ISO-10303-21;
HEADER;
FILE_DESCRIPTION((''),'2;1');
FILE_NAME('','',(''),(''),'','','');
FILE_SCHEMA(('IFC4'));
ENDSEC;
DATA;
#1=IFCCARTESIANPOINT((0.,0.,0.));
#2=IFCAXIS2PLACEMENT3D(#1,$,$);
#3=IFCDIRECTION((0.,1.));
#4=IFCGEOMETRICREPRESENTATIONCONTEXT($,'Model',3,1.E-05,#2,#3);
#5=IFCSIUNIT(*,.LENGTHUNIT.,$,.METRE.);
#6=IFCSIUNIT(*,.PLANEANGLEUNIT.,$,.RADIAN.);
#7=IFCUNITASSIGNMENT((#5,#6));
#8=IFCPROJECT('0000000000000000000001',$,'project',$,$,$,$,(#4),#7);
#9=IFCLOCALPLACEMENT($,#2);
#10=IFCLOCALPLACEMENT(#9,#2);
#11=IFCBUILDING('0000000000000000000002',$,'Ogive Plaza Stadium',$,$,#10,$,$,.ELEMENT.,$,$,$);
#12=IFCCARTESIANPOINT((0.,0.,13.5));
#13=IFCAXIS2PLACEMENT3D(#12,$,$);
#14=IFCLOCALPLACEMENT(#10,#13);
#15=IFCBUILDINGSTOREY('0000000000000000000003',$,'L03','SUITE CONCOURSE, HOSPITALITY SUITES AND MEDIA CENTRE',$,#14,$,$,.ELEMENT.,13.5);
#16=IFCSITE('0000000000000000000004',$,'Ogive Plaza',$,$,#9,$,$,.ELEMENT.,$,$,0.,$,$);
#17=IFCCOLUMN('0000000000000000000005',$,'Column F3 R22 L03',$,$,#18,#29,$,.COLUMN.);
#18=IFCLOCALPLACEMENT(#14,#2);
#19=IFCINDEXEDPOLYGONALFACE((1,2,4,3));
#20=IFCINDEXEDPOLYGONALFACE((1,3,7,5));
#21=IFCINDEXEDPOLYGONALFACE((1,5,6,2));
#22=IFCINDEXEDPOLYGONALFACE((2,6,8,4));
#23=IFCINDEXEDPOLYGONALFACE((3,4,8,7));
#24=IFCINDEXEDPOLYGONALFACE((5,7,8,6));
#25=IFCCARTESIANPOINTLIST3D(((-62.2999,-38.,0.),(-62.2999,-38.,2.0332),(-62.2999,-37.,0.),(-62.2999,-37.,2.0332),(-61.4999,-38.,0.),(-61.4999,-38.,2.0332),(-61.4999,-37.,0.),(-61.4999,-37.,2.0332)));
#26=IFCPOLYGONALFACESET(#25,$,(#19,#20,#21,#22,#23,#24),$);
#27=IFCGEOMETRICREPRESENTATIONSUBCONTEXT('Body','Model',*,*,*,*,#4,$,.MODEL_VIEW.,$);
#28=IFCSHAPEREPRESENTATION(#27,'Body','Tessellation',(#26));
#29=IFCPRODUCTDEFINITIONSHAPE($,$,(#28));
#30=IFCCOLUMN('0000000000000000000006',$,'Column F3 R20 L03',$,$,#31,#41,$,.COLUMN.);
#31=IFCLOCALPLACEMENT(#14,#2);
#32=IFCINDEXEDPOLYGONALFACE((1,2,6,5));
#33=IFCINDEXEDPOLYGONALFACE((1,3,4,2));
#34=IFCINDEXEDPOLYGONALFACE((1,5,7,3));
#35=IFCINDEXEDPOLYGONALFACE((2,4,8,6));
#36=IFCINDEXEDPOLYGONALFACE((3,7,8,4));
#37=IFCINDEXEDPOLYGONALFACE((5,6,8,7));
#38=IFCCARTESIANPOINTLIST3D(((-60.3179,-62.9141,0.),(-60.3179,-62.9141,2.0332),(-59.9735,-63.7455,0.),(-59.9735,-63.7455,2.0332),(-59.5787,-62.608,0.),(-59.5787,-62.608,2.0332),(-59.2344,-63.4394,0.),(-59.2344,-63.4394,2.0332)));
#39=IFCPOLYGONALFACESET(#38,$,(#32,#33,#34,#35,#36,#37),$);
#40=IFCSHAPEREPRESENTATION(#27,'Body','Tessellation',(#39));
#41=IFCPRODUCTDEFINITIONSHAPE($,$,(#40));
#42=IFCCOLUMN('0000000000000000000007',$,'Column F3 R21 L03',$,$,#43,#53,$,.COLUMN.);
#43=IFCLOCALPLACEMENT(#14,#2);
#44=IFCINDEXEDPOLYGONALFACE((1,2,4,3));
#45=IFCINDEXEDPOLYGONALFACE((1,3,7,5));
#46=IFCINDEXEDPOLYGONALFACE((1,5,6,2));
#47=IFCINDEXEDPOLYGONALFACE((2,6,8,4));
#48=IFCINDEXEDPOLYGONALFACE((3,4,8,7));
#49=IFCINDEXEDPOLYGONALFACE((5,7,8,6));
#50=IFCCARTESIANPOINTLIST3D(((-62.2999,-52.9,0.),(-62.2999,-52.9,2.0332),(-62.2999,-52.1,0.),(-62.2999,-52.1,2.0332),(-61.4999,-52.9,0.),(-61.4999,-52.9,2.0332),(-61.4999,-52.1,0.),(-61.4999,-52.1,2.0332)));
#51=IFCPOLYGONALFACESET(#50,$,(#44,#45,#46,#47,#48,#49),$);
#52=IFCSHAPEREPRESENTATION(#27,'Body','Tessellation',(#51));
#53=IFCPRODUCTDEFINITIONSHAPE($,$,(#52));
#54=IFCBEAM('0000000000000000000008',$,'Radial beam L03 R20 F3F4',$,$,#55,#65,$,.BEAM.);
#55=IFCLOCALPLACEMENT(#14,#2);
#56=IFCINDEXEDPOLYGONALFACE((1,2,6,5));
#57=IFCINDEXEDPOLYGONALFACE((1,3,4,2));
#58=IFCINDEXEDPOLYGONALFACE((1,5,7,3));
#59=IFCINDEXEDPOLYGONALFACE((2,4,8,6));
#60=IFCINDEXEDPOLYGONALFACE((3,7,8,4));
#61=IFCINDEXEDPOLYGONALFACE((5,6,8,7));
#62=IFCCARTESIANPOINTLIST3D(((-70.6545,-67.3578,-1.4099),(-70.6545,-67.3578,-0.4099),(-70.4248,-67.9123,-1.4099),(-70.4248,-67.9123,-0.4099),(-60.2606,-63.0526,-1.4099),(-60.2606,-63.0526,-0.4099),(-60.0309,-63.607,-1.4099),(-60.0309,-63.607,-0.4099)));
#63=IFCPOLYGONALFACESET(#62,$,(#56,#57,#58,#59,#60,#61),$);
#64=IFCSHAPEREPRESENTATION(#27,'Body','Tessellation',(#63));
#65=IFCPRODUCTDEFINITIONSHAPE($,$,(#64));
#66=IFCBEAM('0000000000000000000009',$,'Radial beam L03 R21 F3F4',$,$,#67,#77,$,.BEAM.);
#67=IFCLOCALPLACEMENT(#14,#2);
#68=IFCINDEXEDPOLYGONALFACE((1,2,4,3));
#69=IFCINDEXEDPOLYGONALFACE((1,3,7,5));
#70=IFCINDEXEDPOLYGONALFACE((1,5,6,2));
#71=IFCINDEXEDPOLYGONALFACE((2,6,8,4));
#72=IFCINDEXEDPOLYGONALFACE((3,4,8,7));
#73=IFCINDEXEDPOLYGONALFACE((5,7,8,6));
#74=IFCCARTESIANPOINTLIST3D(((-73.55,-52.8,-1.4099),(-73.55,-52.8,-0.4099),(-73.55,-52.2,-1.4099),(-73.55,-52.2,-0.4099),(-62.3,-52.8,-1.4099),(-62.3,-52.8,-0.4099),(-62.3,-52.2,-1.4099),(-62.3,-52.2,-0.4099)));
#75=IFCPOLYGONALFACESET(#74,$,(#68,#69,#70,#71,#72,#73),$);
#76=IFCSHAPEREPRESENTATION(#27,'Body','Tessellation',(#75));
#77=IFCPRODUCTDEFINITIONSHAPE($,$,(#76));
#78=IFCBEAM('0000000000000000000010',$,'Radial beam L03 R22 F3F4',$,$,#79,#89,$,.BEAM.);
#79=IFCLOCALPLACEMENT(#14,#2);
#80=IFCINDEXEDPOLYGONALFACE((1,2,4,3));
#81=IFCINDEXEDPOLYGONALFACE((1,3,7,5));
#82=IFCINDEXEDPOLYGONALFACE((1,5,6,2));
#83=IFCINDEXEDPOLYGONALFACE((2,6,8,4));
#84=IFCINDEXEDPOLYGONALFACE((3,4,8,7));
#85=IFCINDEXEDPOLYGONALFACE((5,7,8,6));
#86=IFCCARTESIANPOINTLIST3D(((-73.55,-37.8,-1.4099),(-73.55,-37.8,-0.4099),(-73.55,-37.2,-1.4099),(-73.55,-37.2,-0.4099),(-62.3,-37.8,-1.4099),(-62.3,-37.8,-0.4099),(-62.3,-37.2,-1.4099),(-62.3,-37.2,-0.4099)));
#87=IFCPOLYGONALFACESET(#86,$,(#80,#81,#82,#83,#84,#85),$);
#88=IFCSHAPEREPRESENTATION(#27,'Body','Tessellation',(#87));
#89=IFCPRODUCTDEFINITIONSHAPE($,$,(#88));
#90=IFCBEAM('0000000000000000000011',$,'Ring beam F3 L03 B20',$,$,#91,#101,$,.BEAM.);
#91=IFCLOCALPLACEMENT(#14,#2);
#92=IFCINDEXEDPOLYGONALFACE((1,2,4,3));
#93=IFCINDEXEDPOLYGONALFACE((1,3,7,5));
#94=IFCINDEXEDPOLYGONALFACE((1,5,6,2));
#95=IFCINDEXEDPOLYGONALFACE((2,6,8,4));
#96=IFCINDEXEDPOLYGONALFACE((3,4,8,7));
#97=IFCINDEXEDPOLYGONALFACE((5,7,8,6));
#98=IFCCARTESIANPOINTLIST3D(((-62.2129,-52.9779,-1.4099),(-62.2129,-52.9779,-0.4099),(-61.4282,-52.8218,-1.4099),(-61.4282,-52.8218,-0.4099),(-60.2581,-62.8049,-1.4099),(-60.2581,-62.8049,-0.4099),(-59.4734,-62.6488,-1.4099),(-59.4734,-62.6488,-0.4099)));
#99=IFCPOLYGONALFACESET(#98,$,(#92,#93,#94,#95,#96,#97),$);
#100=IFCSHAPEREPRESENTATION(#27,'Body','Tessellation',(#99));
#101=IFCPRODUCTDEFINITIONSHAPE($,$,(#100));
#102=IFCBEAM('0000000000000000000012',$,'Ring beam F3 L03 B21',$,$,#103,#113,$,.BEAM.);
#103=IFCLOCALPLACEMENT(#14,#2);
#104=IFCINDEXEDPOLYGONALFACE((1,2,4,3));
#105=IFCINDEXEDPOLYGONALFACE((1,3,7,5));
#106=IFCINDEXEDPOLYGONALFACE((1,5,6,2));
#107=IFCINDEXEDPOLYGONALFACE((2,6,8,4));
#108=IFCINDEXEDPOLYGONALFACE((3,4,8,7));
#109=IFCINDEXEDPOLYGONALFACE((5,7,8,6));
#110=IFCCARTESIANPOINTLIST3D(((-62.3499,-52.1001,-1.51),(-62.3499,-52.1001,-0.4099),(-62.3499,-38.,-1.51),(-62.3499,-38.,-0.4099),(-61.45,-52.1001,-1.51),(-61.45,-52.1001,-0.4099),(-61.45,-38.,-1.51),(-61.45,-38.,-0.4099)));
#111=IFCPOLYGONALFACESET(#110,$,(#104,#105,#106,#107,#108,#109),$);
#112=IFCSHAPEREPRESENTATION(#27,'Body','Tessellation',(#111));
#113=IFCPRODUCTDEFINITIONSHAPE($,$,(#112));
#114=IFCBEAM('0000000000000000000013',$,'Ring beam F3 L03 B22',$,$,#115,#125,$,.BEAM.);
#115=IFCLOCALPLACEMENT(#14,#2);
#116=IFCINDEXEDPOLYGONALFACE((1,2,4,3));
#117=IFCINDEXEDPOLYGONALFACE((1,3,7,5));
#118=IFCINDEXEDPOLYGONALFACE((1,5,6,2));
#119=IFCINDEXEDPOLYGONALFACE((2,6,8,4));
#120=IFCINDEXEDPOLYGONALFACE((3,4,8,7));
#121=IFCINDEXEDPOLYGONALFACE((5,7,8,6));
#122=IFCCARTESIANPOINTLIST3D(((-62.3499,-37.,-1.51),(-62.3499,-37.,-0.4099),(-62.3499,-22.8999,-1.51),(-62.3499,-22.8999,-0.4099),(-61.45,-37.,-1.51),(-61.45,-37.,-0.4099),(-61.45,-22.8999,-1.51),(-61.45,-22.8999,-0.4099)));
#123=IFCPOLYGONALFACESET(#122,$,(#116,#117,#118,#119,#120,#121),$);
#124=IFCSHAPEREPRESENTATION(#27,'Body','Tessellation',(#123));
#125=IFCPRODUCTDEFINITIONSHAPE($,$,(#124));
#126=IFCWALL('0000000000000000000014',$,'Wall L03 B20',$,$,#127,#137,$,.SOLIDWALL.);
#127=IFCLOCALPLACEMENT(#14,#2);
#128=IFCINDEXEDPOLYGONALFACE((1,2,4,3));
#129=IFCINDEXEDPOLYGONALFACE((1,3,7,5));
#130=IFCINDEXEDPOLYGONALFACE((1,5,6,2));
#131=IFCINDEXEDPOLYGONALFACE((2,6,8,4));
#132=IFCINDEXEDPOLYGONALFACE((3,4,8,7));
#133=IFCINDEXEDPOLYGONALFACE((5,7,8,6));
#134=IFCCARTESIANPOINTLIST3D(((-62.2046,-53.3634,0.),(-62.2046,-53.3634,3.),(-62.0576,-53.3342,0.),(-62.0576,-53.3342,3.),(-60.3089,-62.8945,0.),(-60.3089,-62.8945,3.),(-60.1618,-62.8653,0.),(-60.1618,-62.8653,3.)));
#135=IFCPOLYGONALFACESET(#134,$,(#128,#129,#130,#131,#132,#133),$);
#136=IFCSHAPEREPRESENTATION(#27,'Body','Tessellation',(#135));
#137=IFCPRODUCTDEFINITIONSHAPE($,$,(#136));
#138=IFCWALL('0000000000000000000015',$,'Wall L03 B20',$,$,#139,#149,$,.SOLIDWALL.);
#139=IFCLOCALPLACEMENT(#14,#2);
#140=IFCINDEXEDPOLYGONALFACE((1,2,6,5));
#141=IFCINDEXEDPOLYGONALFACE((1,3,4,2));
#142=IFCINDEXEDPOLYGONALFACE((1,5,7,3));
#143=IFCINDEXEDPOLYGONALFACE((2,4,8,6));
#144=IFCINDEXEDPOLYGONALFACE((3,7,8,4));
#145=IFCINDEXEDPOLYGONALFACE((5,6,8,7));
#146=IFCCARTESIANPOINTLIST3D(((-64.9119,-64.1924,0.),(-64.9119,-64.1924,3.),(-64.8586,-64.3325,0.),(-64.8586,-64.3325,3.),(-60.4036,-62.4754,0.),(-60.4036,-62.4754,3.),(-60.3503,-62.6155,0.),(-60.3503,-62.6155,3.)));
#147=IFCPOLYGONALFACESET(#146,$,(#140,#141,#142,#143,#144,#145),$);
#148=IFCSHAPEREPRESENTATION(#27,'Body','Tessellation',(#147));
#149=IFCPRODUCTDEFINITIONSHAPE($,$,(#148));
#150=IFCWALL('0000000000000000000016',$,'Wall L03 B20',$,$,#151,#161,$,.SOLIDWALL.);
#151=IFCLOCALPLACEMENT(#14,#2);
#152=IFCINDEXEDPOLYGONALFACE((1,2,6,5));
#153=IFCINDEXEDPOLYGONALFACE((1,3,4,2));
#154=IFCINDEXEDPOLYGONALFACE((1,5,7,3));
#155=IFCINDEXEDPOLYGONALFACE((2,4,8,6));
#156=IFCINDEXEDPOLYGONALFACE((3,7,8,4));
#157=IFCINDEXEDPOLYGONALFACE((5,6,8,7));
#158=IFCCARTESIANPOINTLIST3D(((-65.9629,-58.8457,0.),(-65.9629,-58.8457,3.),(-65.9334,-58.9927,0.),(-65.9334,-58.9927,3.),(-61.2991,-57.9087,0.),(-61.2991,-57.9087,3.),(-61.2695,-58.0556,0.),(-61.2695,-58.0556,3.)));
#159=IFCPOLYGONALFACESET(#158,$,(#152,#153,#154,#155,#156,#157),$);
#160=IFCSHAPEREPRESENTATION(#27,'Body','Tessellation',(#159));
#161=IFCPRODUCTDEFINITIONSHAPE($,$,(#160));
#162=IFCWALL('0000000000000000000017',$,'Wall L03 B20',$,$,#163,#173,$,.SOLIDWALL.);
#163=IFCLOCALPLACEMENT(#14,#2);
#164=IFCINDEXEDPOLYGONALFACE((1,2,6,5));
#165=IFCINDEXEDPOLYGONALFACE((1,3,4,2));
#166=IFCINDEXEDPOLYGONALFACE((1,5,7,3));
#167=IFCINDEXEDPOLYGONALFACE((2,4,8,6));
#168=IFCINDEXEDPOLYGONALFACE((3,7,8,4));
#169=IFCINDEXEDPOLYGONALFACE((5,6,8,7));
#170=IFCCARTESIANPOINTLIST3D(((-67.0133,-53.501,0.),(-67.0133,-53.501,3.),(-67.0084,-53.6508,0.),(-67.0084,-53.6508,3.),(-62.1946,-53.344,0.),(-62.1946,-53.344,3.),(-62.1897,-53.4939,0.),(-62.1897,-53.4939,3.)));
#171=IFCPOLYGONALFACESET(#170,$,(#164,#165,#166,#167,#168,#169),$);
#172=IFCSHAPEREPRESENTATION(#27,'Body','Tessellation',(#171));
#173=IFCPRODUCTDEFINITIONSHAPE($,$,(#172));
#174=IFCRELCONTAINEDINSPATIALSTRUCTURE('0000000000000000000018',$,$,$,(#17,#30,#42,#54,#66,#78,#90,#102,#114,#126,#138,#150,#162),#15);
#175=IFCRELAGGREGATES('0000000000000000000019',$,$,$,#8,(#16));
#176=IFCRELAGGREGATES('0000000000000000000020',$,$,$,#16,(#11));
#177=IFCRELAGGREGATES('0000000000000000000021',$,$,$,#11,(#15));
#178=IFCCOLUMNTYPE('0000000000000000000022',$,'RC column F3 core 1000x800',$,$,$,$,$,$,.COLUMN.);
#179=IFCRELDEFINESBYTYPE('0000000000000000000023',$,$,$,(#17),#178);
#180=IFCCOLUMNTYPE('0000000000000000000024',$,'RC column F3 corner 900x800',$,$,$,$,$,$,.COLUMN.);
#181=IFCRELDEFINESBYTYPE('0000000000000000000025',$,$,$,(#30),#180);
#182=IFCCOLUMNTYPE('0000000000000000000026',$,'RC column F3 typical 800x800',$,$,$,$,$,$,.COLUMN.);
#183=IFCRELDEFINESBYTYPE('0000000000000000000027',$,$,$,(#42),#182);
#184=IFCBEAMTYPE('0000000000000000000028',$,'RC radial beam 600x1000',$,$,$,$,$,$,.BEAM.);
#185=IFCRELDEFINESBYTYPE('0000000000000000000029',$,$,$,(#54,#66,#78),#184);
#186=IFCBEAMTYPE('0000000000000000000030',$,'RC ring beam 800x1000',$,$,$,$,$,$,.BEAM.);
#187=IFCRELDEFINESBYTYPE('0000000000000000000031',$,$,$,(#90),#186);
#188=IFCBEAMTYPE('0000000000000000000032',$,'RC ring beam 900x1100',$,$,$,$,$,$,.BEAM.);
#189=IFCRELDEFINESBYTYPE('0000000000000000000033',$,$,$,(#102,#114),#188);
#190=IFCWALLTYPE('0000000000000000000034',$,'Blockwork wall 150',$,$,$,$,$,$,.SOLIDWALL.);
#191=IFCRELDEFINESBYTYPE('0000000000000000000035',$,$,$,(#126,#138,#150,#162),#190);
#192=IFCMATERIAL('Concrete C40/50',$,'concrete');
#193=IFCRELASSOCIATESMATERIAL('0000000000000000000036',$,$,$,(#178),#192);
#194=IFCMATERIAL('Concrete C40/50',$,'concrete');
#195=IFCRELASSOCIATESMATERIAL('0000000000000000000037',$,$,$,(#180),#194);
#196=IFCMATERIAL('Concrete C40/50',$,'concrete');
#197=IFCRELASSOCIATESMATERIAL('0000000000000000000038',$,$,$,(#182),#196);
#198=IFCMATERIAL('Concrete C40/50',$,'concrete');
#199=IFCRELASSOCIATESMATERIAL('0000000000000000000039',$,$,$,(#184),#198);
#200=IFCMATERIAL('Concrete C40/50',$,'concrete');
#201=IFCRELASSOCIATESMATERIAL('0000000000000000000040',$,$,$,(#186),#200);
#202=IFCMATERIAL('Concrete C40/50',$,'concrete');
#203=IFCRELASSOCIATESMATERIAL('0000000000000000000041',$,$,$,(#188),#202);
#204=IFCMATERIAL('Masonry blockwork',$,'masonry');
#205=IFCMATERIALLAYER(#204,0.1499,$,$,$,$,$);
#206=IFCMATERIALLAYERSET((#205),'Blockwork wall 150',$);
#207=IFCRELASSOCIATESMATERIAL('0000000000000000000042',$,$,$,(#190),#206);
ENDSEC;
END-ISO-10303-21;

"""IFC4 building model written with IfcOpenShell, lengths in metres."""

from ifc_helpers import new_model, si_unit, direction, frame, frame_2d, origin, origin_2d, place, context, subcontext, project, spatial, rectangle, extrude, material, layer, layer_set, material_profile, profile_set, type_object, element, save


model = new_model("IFC4")

# Units and contexts
model_context = context("Model", 3, precision=1e-05, world=origin(), true_north=direction((0.0, 1.0)))
body_context = subcontext(model_context, "Body", "Model", "MODEL_VIEW")
ifc_project = project(units=[si_unit("LENGTHUNIT", "METRE"), si_unit("PLANEANGLEUNIT", "RADIAN")], contexts=[model_context])

# Site, building, storey
site_placement = place(None, origin())
site = spatial("IfcSite", under=ifc_project, at=site_placement, Name="Ogive Plaza", CompositionType="ELEMENT", RefElevation=0.0)
building_placement = place(site_placement, origin())
building = spatial("IfcBuilding", under=site, at=building_placement, Name="Ogive Plaza Stadium", CompositionType="ELEMENT")
storey_placement = place(building_placement, frame((0.0, 0.0, 13.5)))
storey = spatial("IfcBuildingStorey", under=building, at=storey_placement, Name="L03", Description="SUITE CONCOURSE, HOSPITALITY SUITES AND MEDIA CENTRE", CompositionType="ELEMENT", Elevation=13.5)

# Columns
ifc_material_1 = material(Name="Concrete C40/50", Category="concrete")
ifc_material_profile_1 = material_profile(ifc_material_1, rectangle(XDim=1.0, YDim=0.8, at=origin_2d()), Name="RC 1000x800")
ifc_profile_set_1 = profile_set([ifc_material_profile_1], Name="Concrete C40/50")
column_type_1 = type_object("IfcColumnType", Name="RC column F3 core 1000x800", PredefinedType="COLUMN", material=ifc_profile_set_1)
column_1_placement = place(storey_placement, frame((-61.8999, -37.5, 0.0), z_axis=(0.0, 0.0, 1.0), x_axis=(0.0, -1.0, 0.0)))
element("IfcColumn", 1, at=column_1_placement, inside=storey, type_object=column_type_1, Name="Column F3 R22 L03", PredefinedType="COLUMN", context=body_context, shape_type="SweptSolid", body=[
    extrude(rectangle(XDim=1.0, YDim=0.8, at=origin_2d()), origin(), (0.0, 0.0, 1.0), 2.0332),
])
ifc_material_2 = material(Name="Concrete C40/50", Category="concrete")
ifc_material_profile_2 = material_profile(ifc_material_2, rectangle(XDim=0.8999, YDim=0.8, at=origin_2d()), Name="RC 900x800")
ifc_profile_set_2 = profile_set([ifc_material_profile_2], Name="Concrete C40/50")
column_type_2 = type_object("IfcColumnType", Name="RC column F3 corner 900x800", PredefinedType="COLUMN", material=ifc_profile_set_2)
column_2_placement = place(storey_placement, frame((-59.7761, -63.1768, 0.0), z_axis=(0.0, 0.0, 1.0), x_axis=(0.382683, -0.92388, 0.0)))
element("IfcColumn", 2, at=column_2_placement, inside=storey, type_object=column_type_2, Name="Column F3 R20 L03", PredefinedType="COLUMN", context=body_context, shape_type="SweptSolid", body=[
    extrude(rectangle(XDim=0.8999, YDim=0.8, at=origin_2d()), origin(), (0.0, 0.0, 1.0), 2.0332),
])
ifc_material_3 = material(Name="Concrete C40/50", Category="concrete")
ifc_material_profile_3 = material_profile(ifc_material_3, rectangle(XDim=0.8, YDim=0.8, at=origin_2d()), Name="RC 800x800")
ifc_profile_set_3 = profile_set([ifc_material_profile_3], Name="Concrete C40/50")
column_type_3 = type_object("IfcColumnType", Name="RC column F3 typical 800x800", PredefinedType="COLUMN", material=ifc_profile_set_3)
column_3_placement = place(storey_placement, frame((-61.8999, -52.5, 0.0), z_axis=(0.0, 0.0, 1.0), x_axis=(0.0, -1.0, 0.0)))
element("IfcColumn", 3, at=column_3_placement, inside=storey, type_object=column_type_3, Name="Column F3 R21 L03", PredefinedType="COLUMN", context=body_context, shape_type="SweptSolid", body=[
    extrude(rectangle(XDim=0.8, YDim=0.8, at=origin_2d()), origin(), (0.0, 0.0, 1.0), 2.0332),
])

# Beams
ifc_material_4 = material(Name="Concrete C40/50", Category="concrete")
ifc_material_profile_4 = material_profile(ifc_material_4, rectangle(XDim=0.6001, YDim=1.0, at=origin_2d()), Name="RC 600x1000")
ifc_profile_set_4 = profile_set([ifc_material_profile_4], Name="Concrete C40/50")
beam_type_1 = type_object("IfcBeamType", Name="RC radial beam 600x1000", PredefinedType="BEAM", material=ifc_profile_set_4)
beam_1_placement = place(storey_placement, frame((-60.1458, -63.3298, -0.9099), z_axis=(-0.923882, -0.382678, 0.0), x_axis=(0.382678, -0.923882, 0.0)))
element("IfcBeam", 4, at=beam_1_placement, inside=storey, type_object=beam_type_1, Name="Radial beam L03 R20 F3F4", PredefinedType="BEAM", context=body_context, shape_type="SweptSolid", body=[
    extrude(rectangle(XDim=0.6001, YDim=1.0, at=origin_2d()), origin(), (0.0, 0.0, 1.0), 11.2502),
])
for number, where, z_axis, x_axis, name in (
    (5, (-62.3, -52.5, -0.9099), (-1.0, 0.0, 0.0), (0.0, -1.0, 0.0), "Radial beam L03 R21 F3F4"),
    (6, (-62.3, -37.5, -0.9099), (-1.0, 0.0, 0.0), (0.0, -1.0, 0.0), "Radial beam L03 R22 F3F4"),
):
    element("IfcBeam", number, at=place(storey_placement, frame(where, z_axis=z_axis, x_axis=x_axis)), inside=storey, type_object=beam_type_1, Name=name, PredefinedType="BEAM", context=body_context, shape_type="SweptSolid", body=[
        extrude(rectangle(XDim=0.6001, YDim=1.0, at=origin_2d()), origin(), (0.0, 0.0, 1.0), 11.25),
    ])
ifc_material_5 = material(Name="Concrete C40/50", Category="concrete")
ifc_material_profile_5 = material_profile(ifc_material_5, rectangle(XDim=0.8, YDim=1.0, at=origin_2d()), Name="RC 800x1000")
ifc_profile_set_5 = profile_set([ifc_material_profile_5], Name="Concrete C40/50")
beam_type_2 = type_object("IfcBeamType", Name="RC ring beam 800x1000", PredefinedType="BEAM", material=ifc_profile_set_5)
beam_2_placement = place(storey_placement, frame((-59.8657, -62.7268, -0.9099), z_axis=(-0.195104, 0.980783, 0.0), x_axis=(-0.980783, -0.195104, 0.0)))
element("IfcBeam", 7, at=beam_2_placement, inside=storey, type_object=beam_type_2, Name="Ring beam F3 L03 B20", PredefinedType="BEAM", context=body_context, shape_type="SweptSolid", body=[
    extrude(rectangle(XDim=0.8, YDim=1.0, at=origin_2d()), origin(), (0.0, 0.0, 1.0), 10.0195),
])
ifc_material_6 = material(Name="Concrete C40/50", Category="concrete")
ifc_material_profile_6 = material_profile(ifc_material_6, rectangle(XDim=0.8999, YDim=1.1001, at=origin_2d()), Name="RC 900x1100")
ifc_profile_set_6 = profile_set([ifc_material_profile_6], Name="Concrete C40/50")
beam_type_3 = type_object("IfcBeamType", Name="RC ring beam 900x1100", PredefinedType="BEAM", material=ifc_profile_set_6)
for number, where, z_axis, x_axis, name in (
    (8, (-61.8999, -52.1001, -0.96), (0.0, 1.0, 0.0), (-1.0, 0.0, 0.0), "Ring beam F3 L03 B21"),
    (9, (-61.8999, -37.0, -0.96), (0.0, 1.0, 0.0), (-1.0, 0.0, 0.0), "Ring beam F3 L03 B22"),
):
    element("IfcBeam", number, at=place(storey_placement, frame(where, z_axis=z_axis, x_axis=x_axis)), inside=storey, type_object=beam_type_3, Name=name, PredefinedType="BEAM", context=body_context, shape_type="SweptSolid", body=[
        extrude(rectangle(XDim=0.8999, YDim=1.1001, at=origin_2d()), origin(), (0.0, 0.0, 1.0), 14.1001),
    ])

# Walls
ifc_material_7 = material(Name="Masonry blockwork", Category="masonry")
ifc_layer_1 = layer(ifc_material_7, 0.1499)
ifc_layer_set_1 = layer_set([ifc_layer_1], Name="Blockwork wall 150")
wall_type_1 = type_object("IfcWallType", Name="Blockwork wall 150", PredefinedType="SOLIDWALL", material=ifc_layer_set_1)
wall_1_placement = place(storey_placement, frame((-60.2354, -62.8799, 0.0), z_axis=(0.0, 0.0, 1.0), x_axis=(-0.195082, 0.980787, 0.0)))
element("IfcWall", 10, at=wall_1_placement, inside=storey, type_object=wall_type_1, Name="Wall L03 B20", PredefinedType="SOLIDWALL", context=body_context, shape_type="SweptSolid", body=[
    extrude(rectangle(XDim=9.7178, YDim=0.1499, at=frame_2d((4.8589, 0.0))), origin(), (0.0, 0.0, 1.0), 3.0),
])
wall_2_placement = place(storey_placement, frame((-60.377, -62.5454, 0.0), z_axis=(0.0, 0.0, 1.0), x_axis=(-0.934516, -0.355922, 0.0)))
element("IfcWall", 11, at=wall_2_placement, inside=storey, type_object=wall_type_1, Name="Wall L03 B20", PredefinedType="SOLIDWALL", context=body_context, shape_type="SweptSolid", body=[
    extrude(rectangle(XDim=4.8242, YDim=0.1499, at=frame_2d((2.4121, 0.0))), origin(), (0.0, 0.0, 1.0), 3.0),
])
wall_3_placement = place(storey_placement, frame((-61.2844, -57.9822, 0.0), z_axis=(0.0, 0.0, 1.0), x_axis=(-0.980409, -0.196975, 0.0)))
element("IfcWall", 12, at=wall_3_placement, inside=storey, type_object=wall_type_1, Name="Wall L03 B20", PredefinedType="SOLIDWALL", context=body_context, shape_type="SweptSolid", body=[
    extrude(rectangle(XDim=4.7571, YDim=0.1499, at=frame_2d((2.3784, 0.0))), origin(), (0.0, 0.0, 1.0), 3.0),
])
wall_4_placement = place(storey_placement, frame((-62.1921, -53.4189, 0.0), z_axis=(0.0, 0.0, 1.0), x_axis=(-0.99947, -0.032559, 0.0)))
element("IfcWall", 13, at=wall_4_placement, inside=storey, type_object=wall_type_1, Name="Wall L03 B20", PredefinedType="SOLIDWALL", context=body_context, shape_type="SweptSolid", body=[
    extrude(rectangle(XDim=4.8213, YDim=0.1499, at=frame_2d((2.4106, 0.0))), origin(), (0.0, 0.0, 1.0), 3.0),
])

save(model, "model.ifc")
